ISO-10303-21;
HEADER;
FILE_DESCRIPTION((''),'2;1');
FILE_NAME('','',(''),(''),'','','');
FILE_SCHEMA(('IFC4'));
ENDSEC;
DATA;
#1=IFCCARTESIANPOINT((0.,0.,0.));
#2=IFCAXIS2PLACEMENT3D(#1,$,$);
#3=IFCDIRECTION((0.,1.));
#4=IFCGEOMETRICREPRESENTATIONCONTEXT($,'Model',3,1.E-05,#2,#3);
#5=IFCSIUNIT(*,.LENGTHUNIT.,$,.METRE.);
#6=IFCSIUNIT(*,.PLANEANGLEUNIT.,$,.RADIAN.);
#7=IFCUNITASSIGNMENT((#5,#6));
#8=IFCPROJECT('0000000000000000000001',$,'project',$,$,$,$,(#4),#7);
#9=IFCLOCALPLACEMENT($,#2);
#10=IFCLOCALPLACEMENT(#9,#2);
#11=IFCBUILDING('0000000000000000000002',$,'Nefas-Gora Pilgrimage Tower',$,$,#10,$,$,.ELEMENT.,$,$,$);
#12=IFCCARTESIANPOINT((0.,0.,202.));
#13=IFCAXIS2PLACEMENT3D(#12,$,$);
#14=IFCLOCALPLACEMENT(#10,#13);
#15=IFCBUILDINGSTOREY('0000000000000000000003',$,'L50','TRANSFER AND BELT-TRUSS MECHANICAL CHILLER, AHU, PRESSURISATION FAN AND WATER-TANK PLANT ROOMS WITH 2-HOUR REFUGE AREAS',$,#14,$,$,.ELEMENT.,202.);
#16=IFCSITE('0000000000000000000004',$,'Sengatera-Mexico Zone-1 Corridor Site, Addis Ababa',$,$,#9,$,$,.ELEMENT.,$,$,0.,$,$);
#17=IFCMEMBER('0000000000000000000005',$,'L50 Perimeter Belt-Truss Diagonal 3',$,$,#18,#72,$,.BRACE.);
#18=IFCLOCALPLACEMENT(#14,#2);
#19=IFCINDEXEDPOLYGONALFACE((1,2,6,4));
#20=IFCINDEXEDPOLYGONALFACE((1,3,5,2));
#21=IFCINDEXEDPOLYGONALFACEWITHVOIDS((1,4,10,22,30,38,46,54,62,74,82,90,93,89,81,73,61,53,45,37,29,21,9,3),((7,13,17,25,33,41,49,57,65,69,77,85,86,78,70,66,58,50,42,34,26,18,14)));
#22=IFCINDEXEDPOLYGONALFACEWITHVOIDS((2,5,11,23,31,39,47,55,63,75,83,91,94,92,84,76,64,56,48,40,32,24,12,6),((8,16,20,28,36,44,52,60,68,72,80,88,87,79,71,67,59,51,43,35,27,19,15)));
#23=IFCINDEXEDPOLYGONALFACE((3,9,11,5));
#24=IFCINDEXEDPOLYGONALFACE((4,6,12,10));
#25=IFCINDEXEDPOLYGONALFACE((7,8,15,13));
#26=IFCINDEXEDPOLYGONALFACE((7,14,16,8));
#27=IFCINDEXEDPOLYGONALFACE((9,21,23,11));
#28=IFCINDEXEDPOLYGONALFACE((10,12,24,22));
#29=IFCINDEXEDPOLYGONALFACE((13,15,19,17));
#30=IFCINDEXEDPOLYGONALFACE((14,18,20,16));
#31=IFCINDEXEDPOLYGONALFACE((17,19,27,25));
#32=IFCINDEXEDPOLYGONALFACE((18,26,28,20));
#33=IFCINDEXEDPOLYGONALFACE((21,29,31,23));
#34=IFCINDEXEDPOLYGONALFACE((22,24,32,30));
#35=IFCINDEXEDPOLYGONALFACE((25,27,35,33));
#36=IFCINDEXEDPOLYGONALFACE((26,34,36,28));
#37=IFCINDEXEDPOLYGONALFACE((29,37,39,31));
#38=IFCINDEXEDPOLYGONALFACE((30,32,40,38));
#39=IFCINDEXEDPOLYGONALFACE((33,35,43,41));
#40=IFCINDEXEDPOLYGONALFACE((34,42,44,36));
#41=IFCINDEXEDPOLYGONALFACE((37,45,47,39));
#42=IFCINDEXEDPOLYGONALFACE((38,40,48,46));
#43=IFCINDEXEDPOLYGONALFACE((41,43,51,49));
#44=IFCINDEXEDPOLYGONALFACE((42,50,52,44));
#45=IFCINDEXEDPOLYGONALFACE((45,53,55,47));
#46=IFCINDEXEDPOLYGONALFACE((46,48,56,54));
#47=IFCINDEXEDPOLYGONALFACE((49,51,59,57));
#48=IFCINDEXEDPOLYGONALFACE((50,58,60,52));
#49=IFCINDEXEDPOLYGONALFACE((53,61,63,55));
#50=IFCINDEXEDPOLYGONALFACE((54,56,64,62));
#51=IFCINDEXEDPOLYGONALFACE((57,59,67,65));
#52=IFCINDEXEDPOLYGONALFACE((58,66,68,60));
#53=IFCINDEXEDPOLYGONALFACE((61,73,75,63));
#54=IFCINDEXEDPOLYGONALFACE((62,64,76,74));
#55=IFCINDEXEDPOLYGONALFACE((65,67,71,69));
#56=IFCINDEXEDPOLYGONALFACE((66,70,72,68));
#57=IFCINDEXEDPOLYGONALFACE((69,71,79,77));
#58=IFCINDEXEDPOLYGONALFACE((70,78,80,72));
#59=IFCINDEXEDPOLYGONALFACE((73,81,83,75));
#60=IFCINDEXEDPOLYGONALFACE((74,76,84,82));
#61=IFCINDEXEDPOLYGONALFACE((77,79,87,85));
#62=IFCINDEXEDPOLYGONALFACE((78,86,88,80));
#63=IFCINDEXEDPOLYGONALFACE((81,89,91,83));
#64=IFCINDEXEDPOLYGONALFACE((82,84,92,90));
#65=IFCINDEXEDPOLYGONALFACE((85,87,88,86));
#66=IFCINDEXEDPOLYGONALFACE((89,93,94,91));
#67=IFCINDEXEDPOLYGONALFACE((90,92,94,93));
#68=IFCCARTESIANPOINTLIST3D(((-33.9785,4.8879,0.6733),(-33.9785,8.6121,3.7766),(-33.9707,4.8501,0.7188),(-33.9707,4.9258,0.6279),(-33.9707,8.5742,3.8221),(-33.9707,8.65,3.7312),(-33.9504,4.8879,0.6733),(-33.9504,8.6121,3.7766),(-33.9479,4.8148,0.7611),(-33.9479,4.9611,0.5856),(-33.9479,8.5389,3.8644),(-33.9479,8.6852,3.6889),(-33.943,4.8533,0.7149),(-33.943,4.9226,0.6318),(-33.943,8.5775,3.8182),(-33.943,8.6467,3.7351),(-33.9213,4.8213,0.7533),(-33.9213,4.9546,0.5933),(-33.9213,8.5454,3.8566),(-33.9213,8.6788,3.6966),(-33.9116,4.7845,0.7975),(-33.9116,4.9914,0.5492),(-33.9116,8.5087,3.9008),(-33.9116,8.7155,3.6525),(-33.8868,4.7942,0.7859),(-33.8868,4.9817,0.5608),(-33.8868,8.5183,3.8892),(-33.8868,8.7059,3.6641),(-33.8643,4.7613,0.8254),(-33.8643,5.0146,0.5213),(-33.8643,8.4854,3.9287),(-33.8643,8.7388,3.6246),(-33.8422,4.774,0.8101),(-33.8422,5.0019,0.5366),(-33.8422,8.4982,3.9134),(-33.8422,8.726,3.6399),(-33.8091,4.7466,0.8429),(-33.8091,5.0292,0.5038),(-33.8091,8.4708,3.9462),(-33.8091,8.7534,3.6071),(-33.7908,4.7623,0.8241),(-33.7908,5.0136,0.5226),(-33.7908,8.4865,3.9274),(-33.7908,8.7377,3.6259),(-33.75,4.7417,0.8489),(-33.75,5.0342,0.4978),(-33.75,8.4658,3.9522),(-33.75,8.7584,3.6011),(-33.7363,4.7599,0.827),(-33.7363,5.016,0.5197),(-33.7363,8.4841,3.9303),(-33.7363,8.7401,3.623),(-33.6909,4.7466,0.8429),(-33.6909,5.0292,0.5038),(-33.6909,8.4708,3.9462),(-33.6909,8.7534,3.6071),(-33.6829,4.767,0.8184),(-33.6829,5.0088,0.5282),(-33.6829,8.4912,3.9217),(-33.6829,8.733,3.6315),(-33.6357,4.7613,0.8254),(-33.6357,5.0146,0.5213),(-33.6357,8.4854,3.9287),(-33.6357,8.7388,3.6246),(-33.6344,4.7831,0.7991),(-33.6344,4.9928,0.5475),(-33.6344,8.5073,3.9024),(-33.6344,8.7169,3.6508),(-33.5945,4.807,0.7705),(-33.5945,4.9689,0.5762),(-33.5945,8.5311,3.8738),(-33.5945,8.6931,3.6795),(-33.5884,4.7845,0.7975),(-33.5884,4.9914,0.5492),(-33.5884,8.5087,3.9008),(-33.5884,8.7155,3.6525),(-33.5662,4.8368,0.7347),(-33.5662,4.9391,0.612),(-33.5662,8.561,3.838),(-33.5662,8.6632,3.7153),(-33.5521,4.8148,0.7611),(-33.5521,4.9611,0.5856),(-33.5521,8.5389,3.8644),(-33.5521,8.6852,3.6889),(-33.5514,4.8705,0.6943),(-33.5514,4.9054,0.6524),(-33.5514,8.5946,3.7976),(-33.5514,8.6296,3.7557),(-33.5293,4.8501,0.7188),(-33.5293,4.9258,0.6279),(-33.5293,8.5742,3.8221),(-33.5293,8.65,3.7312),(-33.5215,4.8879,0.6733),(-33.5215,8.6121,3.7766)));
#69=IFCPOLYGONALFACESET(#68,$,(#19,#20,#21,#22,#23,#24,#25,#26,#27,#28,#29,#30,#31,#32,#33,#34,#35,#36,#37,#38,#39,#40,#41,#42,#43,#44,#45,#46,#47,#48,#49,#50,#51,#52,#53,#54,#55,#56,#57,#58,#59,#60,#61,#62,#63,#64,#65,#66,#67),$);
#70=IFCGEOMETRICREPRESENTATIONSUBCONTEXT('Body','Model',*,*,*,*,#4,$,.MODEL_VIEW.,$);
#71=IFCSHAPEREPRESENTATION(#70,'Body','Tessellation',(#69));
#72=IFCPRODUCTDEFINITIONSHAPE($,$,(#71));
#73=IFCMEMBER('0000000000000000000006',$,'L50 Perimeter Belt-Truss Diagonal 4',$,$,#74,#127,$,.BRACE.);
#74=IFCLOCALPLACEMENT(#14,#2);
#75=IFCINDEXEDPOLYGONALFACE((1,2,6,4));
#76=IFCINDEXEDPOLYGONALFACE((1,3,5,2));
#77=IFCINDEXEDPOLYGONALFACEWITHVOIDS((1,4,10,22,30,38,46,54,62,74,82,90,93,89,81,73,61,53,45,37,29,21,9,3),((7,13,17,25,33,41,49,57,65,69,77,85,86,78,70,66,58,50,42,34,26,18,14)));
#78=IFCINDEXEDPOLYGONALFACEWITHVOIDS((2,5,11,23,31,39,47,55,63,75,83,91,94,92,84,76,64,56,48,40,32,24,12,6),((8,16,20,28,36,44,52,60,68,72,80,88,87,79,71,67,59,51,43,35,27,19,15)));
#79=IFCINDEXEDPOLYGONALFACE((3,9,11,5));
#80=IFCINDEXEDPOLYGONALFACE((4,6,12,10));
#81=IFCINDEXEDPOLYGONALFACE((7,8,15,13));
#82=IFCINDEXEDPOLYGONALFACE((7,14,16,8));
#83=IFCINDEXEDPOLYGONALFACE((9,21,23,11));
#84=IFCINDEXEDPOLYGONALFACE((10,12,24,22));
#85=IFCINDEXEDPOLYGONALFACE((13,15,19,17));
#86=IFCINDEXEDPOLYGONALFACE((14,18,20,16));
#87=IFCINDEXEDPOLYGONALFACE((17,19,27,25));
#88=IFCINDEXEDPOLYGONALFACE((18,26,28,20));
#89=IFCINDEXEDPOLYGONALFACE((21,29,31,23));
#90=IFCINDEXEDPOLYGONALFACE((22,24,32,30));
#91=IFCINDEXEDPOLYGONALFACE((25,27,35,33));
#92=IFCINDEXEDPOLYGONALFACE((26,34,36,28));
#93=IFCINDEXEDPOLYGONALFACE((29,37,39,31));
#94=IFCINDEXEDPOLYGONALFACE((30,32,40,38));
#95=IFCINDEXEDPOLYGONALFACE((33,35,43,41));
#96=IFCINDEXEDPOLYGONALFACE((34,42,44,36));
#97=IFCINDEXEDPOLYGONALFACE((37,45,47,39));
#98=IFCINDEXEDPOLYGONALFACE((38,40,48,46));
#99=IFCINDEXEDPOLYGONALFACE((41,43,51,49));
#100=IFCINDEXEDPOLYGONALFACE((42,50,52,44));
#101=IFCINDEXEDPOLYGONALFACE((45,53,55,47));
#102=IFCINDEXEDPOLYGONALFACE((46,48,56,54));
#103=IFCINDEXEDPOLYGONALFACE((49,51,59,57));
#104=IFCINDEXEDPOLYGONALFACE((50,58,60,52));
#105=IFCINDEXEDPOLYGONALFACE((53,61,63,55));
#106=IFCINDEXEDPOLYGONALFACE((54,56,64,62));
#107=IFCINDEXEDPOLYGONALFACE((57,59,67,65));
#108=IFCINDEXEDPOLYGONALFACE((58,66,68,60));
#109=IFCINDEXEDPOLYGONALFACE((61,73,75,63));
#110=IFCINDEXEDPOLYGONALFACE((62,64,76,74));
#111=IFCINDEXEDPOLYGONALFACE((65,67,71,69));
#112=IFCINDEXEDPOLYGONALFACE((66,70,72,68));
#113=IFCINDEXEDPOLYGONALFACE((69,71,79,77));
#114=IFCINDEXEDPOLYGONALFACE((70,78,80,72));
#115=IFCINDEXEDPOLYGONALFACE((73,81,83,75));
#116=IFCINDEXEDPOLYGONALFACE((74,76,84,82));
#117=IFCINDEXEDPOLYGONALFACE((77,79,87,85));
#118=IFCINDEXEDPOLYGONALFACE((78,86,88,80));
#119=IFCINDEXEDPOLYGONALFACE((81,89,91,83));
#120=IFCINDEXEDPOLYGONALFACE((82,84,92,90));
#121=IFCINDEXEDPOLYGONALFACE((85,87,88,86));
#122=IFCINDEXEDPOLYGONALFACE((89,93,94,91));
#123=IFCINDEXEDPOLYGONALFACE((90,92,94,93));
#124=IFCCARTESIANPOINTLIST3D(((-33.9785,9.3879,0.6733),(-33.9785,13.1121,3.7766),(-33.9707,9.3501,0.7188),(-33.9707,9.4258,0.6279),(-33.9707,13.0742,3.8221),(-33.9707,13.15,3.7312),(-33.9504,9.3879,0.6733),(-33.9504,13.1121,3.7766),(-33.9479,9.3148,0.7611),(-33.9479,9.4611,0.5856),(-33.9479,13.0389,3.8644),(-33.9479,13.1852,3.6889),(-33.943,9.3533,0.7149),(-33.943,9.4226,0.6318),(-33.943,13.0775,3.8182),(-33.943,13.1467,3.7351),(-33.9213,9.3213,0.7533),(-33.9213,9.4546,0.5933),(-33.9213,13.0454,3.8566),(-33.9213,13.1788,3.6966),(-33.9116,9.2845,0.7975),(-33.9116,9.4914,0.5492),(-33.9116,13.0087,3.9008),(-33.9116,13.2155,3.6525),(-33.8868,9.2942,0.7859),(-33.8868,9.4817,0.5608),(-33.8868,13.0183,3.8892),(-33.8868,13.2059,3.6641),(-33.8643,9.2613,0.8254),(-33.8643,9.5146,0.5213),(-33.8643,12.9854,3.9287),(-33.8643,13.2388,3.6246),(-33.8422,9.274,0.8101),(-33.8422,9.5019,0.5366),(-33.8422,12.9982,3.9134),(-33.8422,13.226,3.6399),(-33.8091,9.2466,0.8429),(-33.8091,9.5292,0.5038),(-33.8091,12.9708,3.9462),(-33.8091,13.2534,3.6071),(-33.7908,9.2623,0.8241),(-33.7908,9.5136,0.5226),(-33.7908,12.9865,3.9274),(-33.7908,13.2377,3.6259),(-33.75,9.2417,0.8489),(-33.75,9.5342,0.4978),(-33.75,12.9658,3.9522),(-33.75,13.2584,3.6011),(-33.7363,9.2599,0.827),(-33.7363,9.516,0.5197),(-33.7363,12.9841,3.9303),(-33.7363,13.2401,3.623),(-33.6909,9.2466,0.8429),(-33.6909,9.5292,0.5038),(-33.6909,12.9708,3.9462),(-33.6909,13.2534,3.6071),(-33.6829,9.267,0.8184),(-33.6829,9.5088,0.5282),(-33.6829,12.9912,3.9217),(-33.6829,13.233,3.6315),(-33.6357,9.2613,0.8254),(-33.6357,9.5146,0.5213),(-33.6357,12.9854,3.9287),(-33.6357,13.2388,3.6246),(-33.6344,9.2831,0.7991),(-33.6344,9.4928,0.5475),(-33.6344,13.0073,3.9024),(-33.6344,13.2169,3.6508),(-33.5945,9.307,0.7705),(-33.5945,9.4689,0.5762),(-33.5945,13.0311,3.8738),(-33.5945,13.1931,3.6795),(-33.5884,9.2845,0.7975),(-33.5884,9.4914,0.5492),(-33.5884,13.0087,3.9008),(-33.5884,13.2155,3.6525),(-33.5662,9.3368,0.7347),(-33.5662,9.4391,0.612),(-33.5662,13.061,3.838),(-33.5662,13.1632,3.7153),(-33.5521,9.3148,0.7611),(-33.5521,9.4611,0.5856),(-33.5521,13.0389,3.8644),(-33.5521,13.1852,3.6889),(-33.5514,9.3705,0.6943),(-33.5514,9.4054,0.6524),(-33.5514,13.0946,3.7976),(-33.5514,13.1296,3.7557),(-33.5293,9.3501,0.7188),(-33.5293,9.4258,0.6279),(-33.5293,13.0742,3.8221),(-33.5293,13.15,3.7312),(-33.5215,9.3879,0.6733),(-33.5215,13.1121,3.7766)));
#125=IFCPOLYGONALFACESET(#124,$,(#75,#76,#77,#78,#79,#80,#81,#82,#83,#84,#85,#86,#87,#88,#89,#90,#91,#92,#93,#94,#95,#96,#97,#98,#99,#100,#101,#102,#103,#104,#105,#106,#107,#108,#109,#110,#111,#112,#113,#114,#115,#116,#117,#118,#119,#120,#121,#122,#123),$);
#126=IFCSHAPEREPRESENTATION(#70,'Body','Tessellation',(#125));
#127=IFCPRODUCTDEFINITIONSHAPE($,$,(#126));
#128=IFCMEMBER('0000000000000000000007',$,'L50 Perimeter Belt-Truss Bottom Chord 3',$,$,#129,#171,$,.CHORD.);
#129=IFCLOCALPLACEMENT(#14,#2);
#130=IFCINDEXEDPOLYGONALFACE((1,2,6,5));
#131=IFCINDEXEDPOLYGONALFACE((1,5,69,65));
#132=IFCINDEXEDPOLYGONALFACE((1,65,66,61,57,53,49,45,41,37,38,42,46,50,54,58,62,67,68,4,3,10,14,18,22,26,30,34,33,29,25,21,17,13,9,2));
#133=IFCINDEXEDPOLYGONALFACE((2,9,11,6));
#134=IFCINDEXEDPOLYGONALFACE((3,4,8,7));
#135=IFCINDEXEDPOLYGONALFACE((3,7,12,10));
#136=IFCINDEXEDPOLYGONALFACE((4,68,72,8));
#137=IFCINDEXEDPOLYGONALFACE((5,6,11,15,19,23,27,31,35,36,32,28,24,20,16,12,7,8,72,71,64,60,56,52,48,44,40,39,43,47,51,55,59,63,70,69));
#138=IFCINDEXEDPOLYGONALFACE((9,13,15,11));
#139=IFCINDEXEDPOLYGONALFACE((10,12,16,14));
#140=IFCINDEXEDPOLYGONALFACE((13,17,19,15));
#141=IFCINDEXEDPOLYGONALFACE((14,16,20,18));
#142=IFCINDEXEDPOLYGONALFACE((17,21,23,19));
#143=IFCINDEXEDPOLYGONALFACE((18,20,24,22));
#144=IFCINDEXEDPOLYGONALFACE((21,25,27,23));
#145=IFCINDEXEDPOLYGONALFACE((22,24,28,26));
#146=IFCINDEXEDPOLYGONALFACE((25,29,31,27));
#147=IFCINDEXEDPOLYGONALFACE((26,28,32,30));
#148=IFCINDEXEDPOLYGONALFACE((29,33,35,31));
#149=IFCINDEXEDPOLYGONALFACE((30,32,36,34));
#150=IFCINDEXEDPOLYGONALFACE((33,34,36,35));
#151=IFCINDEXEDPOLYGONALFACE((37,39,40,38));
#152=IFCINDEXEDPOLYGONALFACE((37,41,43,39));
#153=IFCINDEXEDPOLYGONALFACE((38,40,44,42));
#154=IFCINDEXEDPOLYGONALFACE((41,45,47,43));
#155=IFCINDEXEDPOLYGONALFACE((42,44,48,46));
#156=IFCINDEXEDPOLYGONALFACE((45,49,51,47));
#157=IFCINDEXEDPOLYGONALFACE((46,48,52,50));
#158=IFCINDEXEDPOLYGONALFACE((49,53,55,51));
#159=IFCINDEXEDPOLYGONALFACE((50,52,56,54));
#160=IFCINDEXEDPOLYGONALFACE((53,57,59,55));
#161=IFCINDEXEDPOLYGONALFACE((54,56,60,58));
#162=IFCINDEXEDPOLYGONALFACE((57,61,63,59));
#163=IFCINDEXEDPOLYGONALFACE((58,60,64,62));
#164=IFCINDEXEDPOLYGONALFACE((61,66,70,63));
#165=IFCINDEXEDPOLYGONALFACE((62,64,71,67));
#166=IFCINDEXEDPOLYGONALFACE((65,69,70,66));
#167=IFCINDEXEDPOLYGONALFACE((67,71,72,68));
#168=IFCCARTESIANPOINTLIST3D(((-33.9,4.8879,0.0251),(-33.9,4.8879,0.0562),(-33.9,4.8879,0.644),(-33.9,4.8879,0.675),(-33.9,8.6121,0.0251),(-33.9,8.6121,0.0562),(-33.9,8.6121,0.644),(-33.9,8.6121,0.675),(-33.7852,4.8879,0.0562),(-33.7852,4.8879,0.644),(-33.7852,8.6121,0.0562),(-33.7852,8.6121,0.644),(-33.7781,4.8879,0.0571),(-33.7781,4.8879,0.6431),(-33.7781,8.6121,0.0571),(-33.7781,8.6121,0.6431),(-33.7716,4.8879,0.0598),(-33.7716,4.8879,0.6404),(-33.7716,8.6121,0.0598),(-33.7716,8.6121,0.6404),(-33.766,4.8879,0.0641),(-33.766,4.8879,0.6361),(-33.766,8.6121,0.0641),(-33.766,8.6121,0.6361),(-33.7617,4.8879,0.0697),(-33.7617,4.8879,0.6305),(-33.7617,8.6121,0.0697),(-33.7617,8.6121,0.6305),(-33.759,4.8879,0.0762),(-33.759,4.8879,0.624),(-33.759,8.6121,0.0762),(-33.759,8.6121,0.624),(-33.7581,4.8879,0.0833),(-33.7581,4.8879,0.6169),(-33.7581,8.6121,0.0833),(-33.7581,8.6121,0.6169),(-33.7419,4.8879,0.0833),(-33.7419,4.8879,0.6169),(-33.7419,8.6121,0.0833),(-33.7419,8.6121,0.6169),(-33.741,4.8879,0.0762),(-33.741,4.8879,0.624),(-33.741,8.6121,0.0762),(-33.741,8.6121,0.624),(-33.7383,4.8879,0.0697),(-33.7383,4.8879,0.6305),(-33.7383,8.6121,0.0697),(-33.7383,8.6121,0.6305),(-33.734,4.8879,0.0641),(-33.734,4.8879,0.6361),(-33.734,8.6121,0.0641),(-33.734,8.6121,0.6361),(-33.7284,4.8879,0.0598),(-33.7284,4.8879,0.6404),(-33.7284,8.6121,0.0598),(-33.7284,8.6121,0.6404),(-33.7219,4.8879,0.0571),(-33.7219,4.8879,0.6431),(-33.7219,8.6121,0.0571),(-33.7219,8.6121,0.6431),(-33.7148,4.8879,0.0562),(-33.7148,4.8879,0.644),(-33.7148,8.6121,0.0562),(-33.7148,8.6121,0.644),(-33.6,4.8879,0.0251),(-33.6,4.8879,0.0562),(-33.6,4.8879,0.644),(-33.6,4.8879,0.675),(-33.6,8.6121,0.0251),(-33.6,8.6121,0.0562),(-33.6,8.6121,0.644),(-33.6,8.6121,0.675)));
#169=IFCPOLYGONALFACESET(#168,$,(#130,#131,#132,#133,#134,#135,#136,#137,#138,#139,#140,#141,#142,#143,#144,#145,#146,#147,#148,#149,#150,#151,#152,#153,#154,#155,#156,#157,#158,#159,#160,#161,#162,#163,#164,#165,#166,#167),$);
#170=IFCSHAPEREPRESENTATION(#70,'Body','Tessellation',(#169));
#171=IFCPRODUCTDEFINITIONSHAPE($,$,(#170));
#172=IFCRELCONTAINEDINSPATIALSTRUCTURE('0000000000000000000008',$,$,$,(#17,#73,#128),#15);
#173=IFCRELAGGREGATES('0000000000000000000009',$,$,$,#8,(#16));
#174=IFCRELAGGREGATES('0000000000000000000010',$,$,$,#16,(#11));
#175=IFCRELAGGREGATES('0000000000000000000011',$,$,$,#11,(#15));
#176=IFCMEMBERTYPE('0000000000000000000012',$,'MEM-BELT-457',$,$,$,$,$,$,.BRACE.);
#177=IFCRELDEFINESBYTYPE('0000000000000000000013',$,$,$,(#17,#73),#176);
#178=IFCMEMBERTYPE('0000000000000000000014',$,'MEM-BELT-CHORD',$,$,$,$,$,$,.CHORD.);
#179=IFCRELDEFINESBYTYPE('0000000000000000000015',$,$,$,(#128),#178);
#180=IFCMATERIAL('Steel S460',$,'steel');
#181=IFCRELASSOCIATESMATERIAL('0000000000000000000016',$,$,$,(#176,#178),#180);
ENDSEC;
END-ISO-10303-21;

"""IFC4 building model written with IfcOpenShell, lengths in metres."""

from ifc_helpers import new_model, si_unit, direction, frame, origin, origin_2d, place, context, subcontext, project, spatial, hollow_circle, i_section, extrude, source, transform, mapped, material, material_profile, profile_set, type_object, element, save


model = new_model("IFC4")

# Units and contexts
model_context = context("Model", 3, precision=1e-05, world=origin(), true_north=direction((0.0, 1.0)))
body_context = subcontext(model_context, "Body", "Model", "MODEL_VIEW")
ifc_project = project(units=[si_unit("LENGTHUNIT", "METRE"), si_unit("PLANEANGLEUNIT", "RADIAN")], contexts=[model_context])

# Site, building, storey
site_placement = place(None, origin())
site = spatial("IfcSite", under=ifc_project, at=site_placement, Name="Sengatera-Mexico Zone-1 Corridor Site, Addis Ababa", CompositionType="ELEMENT", RefElevation=0.0)
building_placement = place(site_placement, origin())
building = spatial("IfcBuilding", under=site, at=building_placement, Name="Nefas-Gora Pilgrimage Tower", CompositionType="ELEMENT")
storey_placement = place(building_placement, frame((0.0, 0.0, 202.0)))
storey = spatial("IfcBuildingStorey", under=building, at=storey_placement, Name="L50", Description="TRANSFER AND BELT-TRUSS MECHANICAL CHILLER, AHU, PRESSURISATION FAN AND WATER-TANK PLANT ROOMS WITH 2-HOUR REFUGE AREAS", CompositionType="ELEMENT", Elevation=202.0)

# Shared definitions
ifc_material_1 = material(Name="Steel S460", Category="steel")

# Members
ifc_material_profile_1 = material_profile(ifc_material_1, hollow_circle(Radius=0.2285, WallThickness=0.0281, at=origin_2d()), Name="CHS 457x28")
ifc_profile_set_1 = profile_set([ifc_material_profile_1], Name="Steel S460")
member_type_1 = type_object("IfcMemberType", Name="MEM-BELT-457", PredefinedType="BRACE", material=ifc_profile_set_1)
shared_shape_1 = source(origin(), body_context, "Body", "SweptSolid", [
    extrude(hollow_circle(Radius=0.2285, WallThickness=0.0281, at=origin_2d()), origin(), (0.0, 0.0, 1.0), 4.8477),
])
for number, where, z_axis, x_axis, name in (
    (1, (-33.75, 4.8879, 0.6733), (0.0, 0.768238, 0.640165), (-1.0, 0.0, 0.0), "L50 Perimeter Belt-Truss Diagonal 3"),
    (2, (-33.75, 9.3879, 0.6733), (0.0, 0.768238, 0.640165), (-1.0, 0.0, 0.0), "L50 Perimeter Belt-Truss Diagonal 4"),
):
    element("IfcMember", number, at=place(storey_placement, frame(where, z_axis=z_axis, x_axis=x_axis)), inside=storey, type_object=member_type_1, Name=name, PredefinedType="BRACE", context=body_context, shape_type="MappedRepresentation", body=[
        mapped(shared_shape_1, transform((0.0, 0.0, 0.0), x_axis=(1.0, 0.0, 0.0), y_axis=(0.0, 1.0, 0.0), z_axis=(0.0, 0.0, 1.0), scale=1.0)),
    ])
ifc_material_profile_2 = material_profile(ifc_material_1, i_section(OverallWidth=0.3, OverallDepth=0.6499, WebThickness=0.0161, FlangeThickness=0.031, FilletRadius=0.0271, at=origin_2d()), Name="HEB 650")
ifc_profile_set_2 = profile_set([ifc_material_profile_2], Name="Steel S460")
member_type_2 = type_object("IfcMemberType", Name="MEM-BELT-CHORD", PredefinedType="CHORD", material=ifc_profile_set_2)
shared_shape_2 = source(origin(), body_context, "Body", "SweptSolid", [
    extrude(i_section(OverallWidth=0.3, OverallDepth=0.6499, WebThickness=0.0161, FlangeThickness=0.031, FilletRadius=0.0271, at=origin_2d()), origin(), (0.0, 0.0, 1.0), 3.7241),
])
for number, where, z_axis, x_axis, name in (
    (3, (-33.75, 4.8879, 0.3501), (0.0, 1.0, 0.0), (-1.0, 0.0, 0.0), "L50 Perimeter Belt-Truss Bottom Chord 3"),
):
    element("IfcMember", number, at=place(storey_placement, frame(where, z_axis=z_axis, x_axis=x_axis)), inside=storey, type_object=member_type_2, Name=name, PredefinedType="CHORD", context=body_context, shape_type="MappedRepresentation", body=[
        mapped(shared_shape_2, transform((0.0, 0.0, 0.0), x_axis=(1.0, 0.0, 0.0), y_axis=(0.0, 1.0, 0.0), z_axis=(0.0, 0.0, 1.0), scale=1.0)),
    ])

save(model, "model.ifc")
